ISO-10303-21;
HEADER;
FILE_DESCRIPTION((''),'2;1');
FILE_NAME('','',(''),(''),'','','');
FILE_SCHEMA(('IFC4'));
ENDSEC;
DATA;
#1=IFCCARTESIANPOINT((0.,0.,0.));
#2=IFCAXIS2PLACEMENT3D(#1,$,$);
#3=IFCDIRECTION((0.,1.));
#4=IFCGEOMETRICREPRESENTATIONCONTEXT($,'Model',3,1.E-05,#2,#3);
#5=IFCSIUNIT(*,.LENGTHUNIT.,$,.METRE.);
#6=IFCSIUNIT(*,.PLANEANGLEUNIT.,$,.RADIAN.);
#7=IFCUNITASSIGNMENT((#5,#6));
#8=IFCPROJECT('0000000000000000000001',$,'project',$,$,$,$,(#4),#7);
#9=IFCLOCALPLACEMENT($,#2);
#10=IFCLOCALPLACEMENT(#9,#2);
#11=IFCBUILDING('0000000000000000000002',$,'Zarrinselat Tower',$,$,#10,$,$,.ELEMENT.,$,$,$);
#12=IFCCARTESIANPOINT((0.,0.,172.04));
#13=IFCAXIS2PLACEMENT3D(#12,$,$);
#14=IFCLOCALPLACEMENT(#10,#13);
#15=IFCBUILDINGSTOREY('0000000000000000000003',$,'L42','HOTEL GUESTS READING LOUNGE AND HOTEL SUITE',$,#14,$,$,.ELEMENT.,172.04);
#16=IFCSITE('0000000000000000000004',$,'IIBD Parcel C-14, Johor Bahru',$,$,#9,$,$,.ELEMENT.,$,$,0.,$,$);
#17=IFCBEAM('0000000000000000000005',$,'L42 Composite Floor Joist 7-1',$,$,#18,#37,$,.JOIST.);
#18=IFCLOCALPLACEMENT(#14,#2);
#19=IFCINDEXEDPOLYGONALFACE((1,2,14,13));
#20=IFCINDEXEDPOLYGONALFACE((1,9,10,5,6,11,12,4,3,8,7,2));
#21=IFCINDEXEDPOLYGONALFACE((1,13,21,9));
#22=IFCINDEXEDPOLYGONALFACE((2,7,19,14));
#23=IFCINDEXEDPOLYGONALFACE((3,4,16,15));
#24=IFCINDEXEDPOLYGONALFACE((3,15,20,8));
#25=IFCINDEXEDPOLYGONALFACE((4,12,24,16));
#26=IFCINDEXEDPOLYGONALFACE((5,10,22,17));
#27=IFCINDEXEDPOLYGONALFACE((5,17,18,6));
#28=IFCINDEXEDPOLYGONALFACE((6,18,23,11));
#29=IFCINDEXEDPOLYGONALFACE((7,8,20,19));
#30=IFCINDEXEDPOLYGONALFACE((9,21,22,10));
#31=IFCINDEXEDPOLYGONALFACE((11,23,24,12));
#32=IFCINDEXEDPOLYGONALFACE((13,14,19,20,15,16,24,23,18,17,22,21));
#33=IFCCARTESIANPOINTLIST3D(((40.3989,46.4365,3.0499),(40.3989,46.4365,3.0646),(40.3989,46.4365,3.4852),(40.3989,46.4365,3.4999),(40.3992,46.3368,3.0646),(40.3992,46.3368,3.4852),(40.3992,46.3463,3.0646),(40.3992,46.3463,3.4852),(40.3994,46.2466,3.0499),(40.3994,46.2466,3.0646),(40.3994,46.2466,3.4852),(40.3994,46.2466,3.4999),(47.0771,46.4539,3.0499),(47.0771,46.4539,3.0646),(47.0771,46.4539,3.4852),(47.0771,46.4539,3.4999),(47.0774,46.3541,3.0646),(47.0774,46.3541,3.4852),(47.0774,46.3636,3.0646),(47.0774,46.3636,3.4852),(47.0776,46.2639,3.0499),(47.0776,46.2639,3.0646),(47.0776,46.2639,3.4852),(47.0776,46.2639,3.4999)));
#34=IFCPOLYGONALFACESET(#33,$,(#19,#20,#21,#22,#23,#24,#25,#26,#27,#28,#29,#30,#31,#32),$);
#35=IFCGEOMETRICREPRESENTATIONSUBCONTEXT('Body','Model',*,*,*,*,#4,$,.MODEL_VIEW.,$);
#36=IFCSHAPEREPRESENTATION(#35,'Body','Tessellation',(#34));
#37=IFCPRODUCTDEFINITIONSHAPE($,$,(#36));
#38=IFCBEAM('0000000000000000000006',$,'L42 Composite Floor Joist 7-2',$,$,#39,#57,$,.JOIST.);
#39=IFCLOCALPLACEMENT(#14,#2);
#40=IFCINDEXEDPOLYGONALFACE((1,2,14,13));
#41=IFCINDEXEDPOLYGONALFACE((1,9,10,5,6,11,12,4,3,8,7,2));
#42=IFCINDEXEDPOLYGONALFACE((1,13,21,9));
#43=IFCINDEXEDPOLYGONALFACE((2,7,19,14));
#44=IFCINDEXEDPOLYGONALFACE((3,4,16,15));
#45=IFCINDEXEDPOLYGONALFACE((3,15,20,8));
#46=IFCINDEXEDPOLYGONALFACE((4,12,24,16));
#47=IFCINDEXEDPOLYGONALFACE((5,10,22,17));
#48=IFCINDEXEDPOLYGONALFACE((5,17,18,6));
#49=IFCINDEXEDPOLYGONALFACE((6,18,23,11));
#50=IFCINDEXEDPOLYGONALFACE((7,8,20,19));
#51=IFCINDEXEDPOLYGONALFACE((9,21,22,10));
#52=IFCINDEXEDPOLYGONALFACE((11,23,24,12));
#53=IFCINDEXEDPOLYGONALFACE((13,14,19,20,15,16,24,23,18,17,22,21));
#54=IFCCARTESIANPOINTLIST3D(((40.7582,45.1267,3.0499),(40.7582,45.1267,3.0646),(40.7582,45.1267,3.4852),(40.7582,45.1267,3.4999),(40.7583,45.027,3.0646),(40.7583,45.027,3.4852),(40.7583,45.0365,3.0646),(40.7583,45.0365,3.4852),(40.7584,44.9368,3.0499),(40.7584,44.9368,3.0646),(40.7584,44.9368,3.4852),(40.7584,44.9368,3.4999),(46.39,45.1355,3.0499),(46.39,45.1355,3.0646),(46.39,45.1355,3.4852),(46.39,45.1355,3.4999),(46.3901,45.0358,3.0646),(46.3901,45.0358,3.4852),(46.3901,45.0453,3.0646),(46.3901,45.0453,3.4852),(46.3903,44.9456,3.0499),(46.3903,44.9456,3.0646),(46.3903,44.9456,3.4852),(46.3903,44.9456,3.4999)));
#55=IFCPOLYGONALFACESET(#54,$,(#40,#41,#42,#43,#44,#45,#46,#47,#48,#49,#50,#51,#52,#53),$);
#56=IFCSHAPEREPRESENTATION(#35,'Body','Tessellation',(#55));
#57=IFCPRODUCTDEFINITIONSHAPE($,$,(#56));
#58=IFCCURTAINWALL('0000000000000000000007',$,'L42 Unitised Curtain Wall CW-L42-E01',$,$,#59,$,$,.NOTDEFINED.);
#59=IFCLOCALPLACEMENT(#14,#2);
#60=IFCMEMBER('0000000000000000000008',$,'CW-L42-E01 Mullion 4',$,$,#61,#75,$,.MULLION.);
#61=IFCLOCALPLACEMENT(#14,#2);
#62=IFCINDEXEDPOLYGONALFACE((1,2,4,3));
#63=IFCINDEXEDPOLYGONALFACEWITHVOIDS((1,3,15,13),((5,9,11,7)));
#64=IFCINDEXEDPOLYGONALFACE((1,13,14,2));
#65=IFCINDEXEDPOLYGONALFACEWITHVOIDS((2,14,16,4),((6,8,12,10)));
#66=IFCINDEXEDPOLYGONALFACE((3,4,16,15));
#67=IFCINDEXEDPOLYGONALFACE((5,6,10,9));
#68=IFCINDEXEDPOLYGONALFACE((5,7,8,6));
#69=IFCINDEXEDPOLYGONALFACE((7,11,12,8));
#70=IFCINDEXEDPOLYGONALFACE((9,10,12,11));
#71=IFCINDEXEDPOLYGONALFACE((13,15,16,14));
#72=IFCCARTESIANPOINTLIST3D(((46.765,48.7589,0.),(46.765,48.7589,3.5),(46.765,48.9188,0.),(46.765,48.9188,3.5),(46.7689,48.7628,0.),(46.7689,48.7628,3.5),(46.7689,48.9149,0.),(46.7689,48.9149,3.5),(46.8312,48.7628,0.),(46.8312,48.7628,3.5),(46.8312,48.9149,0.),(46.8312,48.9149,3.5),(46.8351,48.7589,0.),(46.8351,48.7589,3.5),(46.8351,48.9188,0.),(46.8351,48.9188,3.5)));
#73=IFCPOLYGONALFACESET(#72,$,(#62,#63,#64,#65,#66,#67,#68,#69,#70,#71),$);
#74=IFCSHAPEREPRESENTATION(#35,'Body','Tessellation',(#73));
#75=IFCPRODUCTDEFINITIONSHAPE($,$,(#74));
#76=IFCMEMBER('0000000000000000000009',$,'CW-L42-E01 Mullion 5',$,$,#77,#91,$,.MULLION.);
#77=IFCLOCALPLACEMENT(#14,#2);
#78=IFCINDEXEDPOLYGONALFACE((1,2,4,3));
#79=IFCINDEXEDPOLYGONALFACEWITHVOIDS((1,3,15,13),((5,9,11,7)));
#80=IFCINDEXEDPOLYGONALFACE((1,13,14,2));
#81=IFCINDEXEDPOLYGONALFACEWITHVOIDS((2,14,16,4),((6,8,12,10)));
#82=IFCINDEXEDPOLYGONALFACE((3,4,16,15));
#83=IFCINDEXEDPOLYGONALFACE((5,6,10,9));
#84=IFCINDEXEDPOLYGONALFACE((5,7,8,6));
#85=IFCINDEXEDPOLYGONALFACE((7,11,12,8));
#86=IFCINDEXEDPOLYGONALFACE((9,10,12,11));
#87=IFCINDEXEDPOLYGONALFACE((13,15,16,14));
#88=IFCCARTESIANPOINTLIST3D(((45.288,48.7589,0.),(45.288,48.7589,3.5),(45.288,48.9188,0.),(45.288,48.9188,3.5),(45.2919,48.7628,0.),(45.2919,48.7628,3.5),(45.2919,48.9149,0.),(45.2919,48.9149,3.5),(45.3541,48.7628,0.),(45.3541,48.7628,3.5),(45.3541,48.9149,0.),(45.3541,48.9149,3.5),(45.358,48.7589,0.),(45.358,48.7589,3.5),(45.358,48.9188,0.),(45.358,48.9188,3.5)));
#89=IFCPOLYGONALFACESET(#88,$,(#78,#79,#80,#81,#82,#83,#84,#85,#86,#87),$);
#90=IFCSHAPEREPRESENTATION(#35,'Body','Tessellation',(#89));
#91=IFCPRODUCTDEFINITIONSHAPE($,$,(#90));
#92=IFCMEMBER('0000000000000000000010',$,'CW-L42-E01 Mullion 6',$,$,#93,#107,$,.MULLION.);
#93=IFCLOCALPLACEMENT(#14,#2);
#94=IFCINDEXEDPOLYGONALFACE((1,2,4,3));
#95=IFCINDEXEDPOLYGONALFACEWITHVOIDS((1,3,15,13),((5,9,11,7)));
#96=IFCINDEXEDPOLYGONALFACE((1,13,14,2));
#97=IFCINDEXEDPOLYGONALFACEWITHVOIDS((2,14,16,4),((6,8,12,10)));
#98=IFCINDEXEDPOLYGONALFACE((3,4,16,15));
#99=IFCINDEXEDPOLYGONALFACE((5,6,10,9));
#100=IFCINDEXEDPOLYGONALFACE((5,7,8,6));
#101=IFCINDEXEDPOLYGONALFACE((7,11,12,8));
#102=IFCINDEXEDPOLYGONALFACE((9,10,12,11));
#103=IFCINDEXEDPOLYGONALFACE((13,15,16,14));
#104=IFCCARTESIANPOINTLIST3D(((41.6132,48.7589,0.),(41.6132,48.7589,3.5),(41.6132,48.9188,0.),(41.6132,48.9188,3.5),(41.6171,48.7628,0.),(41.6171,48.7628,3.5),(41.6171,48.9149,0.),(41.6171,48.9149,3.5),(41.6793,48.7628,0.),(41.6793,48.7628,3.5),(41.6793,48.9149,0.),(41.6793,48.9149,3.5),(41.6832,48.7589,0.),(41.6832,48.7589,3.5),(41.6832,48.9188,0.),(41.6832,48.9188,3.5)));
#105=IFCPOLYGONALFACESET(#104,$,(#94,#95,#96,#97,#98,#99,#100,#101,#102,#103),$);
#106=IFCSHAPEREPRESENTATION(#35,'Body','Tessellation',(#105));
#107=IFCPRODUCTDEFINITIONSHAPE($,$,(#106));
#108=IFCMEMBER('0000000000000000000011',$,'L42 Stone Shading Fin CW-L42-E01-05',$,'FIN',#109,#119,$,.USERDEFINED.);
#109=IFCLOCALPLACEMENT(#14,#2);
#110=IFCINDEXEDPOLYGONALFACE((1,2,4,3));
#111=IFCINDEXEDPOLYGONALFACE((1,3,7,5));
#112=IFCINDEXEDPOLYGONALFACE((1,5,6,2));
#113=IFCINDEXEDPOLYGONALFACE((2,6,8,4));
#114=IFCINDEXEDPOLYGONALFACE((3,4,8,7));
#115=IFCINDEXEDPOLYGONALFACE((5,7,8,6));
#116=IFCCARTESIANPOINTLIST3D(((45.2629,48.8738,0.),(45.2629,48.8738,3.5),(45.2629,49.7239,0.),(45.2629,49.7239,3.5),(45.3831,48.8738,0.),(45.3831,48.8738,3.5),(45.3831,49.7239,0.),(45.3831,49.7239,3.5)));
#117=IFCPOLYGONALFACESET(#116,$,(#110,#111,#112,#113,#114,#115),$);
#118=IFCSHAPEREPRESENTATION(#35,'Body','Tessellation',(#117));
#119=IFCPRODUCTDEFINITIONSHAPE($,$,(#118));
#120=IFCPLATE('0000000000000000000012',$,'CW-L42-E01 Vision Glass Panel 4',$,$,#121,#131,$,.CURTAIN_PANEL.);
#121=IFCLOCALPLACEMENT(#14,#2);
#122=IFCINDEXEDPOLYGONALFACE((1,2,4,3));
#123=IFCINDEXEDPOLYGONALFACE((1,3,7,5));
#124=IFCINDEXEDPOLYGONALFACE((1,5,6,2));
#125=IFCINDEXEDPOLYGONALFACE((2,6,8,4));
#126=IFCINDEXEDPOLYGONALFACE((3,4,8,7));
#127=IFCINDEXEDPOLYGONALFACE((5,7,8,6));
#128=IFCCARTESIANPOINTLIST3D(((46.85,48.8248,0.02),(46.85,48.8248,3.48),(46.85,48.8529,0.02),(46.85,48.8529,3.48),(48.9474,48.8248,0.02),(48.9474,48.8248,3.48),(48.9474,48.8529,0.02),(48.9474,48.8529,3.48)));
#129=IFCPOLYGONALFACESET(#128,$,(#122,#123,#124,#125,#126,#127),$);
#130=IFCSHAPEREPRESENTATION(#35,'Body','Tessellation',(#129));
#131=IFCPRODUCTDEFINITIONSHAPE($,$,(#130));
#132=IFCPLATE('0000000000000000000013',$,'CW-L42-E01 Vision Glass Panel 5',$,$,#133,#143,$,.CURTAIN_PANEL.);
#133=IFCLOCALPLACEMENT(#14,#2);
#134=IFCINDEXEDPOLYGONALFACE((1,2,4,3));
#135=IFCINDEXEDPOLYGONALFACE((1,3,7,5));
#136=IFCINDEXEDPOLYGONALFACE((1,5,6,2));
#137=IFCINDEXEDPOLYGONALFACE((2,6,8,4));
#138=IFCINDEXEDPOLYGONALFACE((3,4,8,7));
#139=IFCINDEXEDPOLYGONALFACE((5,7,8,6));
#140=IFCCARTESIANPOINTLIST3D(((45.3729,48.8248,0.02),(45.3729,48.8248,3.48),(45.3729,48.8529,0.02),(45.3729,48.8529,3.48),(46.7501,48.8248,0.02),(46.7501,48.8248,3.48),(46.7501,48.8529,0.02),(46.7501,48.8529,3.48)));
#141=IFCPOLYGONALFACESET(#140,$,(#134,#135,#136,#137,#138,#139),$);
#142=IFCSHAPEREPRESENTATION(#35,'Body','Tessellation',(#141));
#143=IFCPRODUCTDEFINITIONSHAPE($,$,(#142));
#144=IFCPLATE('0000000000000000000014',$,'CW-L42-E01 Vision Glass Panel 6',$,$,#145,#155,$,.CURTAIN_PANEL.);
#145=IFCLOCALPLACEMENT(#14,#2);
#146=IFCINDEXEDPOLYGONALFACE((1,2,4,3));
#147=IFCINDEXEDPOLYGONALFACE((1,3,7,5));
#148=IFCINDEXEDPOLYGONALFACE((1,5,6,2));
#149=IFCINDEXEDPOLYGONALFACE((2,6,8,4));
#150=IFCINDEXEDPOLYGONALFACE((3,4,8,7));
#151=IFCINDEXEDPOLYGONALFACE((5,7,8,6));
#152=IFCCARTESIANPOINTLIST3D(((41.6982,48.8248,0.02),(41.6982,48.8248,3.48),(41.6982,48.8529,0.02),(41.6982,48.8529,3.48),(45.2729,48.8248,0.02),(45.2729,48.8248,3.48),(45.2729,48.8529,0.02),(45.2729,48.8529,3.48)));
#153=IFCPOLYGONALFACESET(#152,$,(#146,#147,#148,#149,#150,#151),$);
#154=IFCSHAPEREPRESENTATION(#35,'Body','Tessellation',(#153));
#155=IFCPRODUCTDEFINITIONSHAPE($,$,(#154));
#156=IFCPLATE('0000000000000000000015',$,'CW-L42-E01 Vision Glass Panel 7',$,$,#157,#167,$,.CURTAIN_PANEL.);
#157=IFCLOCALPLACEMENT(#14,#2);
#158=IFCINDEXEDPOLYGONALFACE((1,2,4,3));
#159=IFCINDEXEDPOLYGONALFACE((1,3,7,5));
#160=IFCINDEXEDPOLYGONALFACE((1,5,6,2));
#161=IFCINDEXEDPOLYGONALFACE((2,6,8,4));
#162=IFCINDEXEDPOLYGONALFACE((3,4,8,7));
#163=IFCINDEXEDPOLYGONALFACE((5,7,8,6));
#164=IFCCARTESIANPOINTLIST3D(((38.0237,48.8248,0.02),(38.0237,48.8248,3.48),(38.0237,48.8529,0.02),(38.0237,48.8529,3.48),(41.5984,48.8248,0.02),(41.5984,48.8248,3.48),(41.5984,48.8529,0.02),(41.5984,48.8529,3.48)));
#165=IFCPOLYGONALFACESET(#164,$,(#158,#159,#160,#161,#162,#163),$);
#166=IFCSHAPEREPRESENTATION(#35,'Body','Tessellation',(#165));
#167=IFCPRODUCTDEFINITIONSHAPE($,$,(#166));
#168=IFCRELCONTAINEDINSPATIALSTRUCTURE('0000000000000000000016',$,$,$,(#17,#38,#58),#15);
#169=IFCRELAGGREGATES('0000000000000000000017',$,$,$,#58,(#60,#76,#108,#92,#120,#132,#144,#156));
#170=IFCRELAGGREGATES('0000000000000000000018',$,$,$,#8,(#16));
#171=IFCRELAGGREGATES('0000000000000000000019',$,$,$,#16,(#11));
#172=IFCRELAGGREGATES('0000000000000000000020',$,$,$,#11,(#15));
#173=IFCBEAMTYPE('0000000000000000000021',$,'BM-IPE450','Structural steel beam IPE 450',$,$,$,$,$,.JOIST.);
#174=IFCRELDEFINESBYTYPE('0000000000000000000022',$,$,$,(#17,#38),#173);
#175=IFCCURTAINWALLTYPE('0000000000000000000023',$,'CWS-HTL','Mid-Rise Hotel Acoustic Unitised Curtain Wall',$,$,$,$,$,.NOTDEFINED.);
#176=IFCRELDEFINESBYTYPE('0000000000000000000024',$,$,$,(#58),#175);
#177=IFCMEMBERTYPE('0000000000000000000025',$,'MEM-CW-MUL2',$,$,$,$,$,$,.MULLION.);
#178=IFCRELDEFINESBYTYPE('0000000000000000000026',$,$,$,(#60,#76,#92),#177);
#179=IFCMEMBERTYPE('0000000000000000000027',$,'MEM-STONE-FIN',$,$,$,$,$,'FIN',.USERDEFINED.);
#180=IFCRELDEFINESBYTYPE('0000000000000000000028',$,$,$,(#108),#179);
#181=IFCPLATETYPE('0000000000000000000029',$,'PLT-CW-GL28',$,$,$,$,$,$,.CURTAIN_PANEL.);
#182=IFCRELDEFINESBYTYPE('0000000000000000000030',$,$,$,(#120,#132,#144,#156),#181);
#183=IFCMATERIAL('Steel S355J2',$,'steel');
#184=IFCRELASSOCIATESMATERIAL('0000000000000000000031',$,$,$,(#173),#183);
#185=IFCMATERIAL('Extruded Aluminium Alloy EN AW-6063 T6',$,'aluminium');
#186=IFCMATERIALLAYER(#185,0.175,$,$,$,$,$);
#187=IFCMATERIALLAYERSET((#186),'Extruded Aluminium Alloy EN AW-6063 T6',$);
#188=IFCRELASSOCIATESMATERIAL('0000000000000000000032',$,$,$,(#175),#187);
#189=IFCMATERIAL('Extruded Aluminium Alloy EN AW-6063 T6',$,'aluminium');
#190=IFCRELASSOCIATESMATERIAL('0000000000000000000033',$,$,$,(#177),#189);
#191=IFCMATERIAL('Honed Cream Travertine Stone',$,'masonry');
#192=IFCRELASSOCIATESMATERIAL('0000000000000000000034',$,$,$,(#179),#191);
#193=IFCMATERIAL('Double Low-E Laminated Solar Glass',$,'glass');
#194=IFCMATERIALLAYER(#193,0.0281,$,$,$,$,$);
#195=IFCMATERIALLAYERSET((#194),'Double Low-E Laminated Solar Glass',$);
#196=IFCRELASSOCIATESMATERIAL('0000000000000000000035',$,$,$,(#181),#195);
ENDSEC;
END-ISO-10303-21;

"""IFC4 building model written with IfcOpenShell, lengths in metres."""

from ifc_helpers import new_model, si_unit, direction, frame, origin, origin_2d, place, context, subcontext, project, spatial, rectangle, hollow_rectangle, i_section, extrude, material, layer, layer_set, material_profile, profile_set, type_object, element, aggregate, save


model = new_model("IFC4")

# Units and contexts
model_context = context("Model", 3, precision=1e-05, world=origin(), true_north=direction((0.0, 1.0)))
body_context = subcontext(model_context, "Body", "Model", "MODEL_VIEW")
ifc_project = project(units=[si_unit("LENGTHUNIT", "METRE"), si_unit("PLANEANGLEUNIT", "RADIAN")], contexts=[model_context])

# Site, building, storey
site_placement = place(None, origin())
site = spatial("IfcSite", under=ifc_project, at=site_placement, Name="IIBD Parcel C-14, Johor Bahru", CompositionType="ELEMENT", RefElevation=0.0)
building_placement = place(site_placement, origin())
building = spatial("IfcBuilding", under=site, at=building_placement, Name="Zarrinselat Tower", CompositionType="ELEMENT")
storey_placement = place(building_placement, frame((0.0, 0.0, 172.04)))
storey = spatial("IfcBuildingStorey", under=building, at=storey_placement, Name="L42", Description="HOTEL GUESTS READING LOUNGE AND HOTEL SUITE", CompositionType="ELEMENT", Elevation=172.04)

# Beams
ifc_material_1 = material(Name="Steel S355J2", Category="steel")
ifc_material_profile_1 = material_profile(ifc_material_1, i_section(OverallWidth=0.1899, OverallDepth=0.45, WebThickness=0.0095, FlangeThickness=0.0146, at=origin_2d()), Name="IPE 450")
ifc_profile_set_1 = profile_set([ifc_material_profile_1], Name="Steel S355J2")
beam_type_1 = type_object("IfcBeamType", Name="BM-IPE450", Description="Structural steel beam IPE 450", PredefinedType="JOIST", material=ifc_profile_set_1)
beam_1_placement = place(storey_placement, frame((40.3992, 46.3416, 3.2749), z_axis=(0.999997, 0.002596, 0.0), x_axis=(-0.002596, 0.999997, 0.0)))
element("IfcBeam", 1, at=beam_1_placement, inside=storey, type_object=beam_type_1, Name="L42 Composite Floor Joist 7-1", PredefinedType="JOIST", context=body_context, shape_type="SweptSolid", body=[
    extrude(i_section(OverallWidth=0.1899, OverallDepth=0.45, WebThickness=0.0095, FlangeThickness=0.0146, at=origin_2d()), origin(), (0.0, 0.0, 1.0), 6.6782),
])
beam_2_placement = place(storey_placement, frame((40.7583, 45.0317, 3.2749), z_axis=(0.999999, 0.001561, 0.0), x_axis=(-0.001561, 0.999999, 0.0)))
element("IfcBeam", 2, at=beam_2_placement, inside=storey, type_object=beam_type_1, Name="L42 Composite Floor Joist 7-2", PredefinedType="JOIST", context=body_context, shape_type="SweptSolid", body=[
    extrude(i_section(OverallWidth=0.1899, OverallDepth=0.45, WebThickness=0.0095, FlangeThickness=0.0146, at=origin_2d()), origin(), (0.0, 0.0, 1.0), 5.6318),
])

# Curtain wall, members, plates
ifc_material_2 = material(Name="Extruded Aluminium Alloy EN AW-6063 T6", Category="aluminium")
ifc_layer_1 = layer(ifc_material_2, 0.175)
ifc_layer_set_1 = layer_set([ifc_layer_1], Name="Extruded Aluminium Alloy EN AW-6063 T6")
curtain_wall_type = type_object("IfcCurtainWallType", Name="CWS-HTL", Description="Mid-Rise Hotel Acoustic Unitised Curtain Wall", PredefinedType="NOTDEFINED", material=ifc_layer_set_1)
curtain_wall_placement = place(storey_placement, origin())
curtain_wall = element("IfcCurtainWall", 3, at=curtain_wall_placement, inside=storey, type_object=curtain_wall_type, Name="L42 Unitised Curtain Wall CW-L42-E01", PredefinedType="NOTDEFINED")
ifc_material_3 = material(Name="Extruded Aluminium Alloy EN AW-6063 T6", Category="aluminium")
ifc_material_profile_2 = material_profile(ifc_material_3, hollow_rectangle(XDim=0.0701, YDim=0.1599, WallThickness=0.0039, at=origin_2d()), Name="RHS 160x70x4")
ifc_profile_set_2 = profile_set([ifc_material_profile_2], Name="Extruded Aluminium Alloy EN AW-6063 T6")
member_type_1 = type_object("IfcMemberType", Name="MEM-CW-MUL2", PredefinedType="MULLION", material=ifc_profile_set_2)
member_1_placement = place(storey_placement, frame((46.8, 48.8389, 0.0), z_axis=(0.0, 0.0, 1.0), x_axis=(-1.0, 0.0, 0.0)))
member_1 = element("IfcMember", 4, at=member_1_placement, type_object=member_type_1, Name="CW-L42-E01 Mullion 4", PredefinedType="MULLION", context=body_context, shape_type="SweptSolid", body=[
    extrude(hollow_rectangle(XDim=0.0701, YDim=0.1599, WallThickness=0.0039, at=origin_2d()), origin(), (0.0, 0.0, 1.0), 3.5),
])
member_2_placement = place(storey_placement, frame((45.323, 48.8389, 0.0), z_axis=(0.0, 0.0, 1.0), x_axis=(-1.0, 0.0, 0.0)))
member_2 = element("IfcMember", 5, at=member_2_placement, type_object=member_type_1, Name="CW-L42-E01 Mullion 5", PredefinedType="MULLION", context=body_context, shape_type="SweptSolid", body=[
    extrude(hollow_rectangle(XDim=0.0701, YDim=0.1599, WallThickness=0.0039, at=origin_2d()), origin(), (0.0, 0.0, 1.0), 3.5),
])
member_3_placement = place(storey_placement, frame((41.6482, 48.8389, 0.0), z_axis=(0.0, 0.0, 1.0), x_axis=(-1.0, 0.0, 0.0)))
member_3 = element("IfcMember", 6, at=member_3_placement, type_object=member_type_1, Name="CW-L42-E01 Mullion 6", PredefinedType="MULLION", context=body_context, shape_type="SweptSolid", body=[
    extrude(hollow_rectangle(XDim=0.0701, YDim=0.1599, WallThickness=0.0039, at=origin_2d()), origin(), (0.0, 0.0, 1.0), 3.5),
])
ifc_material_4 = material(Name="Honed Cream Travertine Stone", Category="masonry")
ifc_material_profile_3 = material_profile(ifc_material_4, rectangle(XDim=0.1201, YDim=0.8501, at=origin_2d()), Name="FIN 850x120")
ifc_profile_set_3 = profile_set([ifc_material_profile_3], Name="Honed Cream Travertine Stone")
member_type_2 = type_object("IfcMemberType", Name="MEM-STONE-FIN", ElementType="FIN", PredefinedType="USERDEFINED", material=ifc_profile_set_3)
member_4_placement = place(storey_placement, frame((45.323, 49.2988, 0.0), z_axis=(0.0, 0.0, 1.0), x_axis=(1.0, 0.0, 0.0)))
member_4 = element("IfcMember", 7, at=member_4_placement, type_object=member_type_2, Name="L42 Stone Shading Fin CW-L42-E01-05", ObjectType="FIN", PredefinedType="USERDEFINED", context=body_context, shape_type="SweptSolid", body=[
    extrude(rectangle(XDim=0.1201, YDim=0.8501, at=origin_2d()), origin(), (0.0, 0.0, 1.0), 3.5),
])
ifc_material_5 = material(Name="Double Low-E Laminated Solar Glass", Category="glass")
ifc_layer_2 = layer(ifc_material_5, 0.0281)
ifc_layer_set_2 = layer_set([ifc_layer_2], Name="Double Low-E Laminated Solar Glass")
plate_type = type_object("IfcPlateType", Name="PLT-CW-GL28", PredefinedType="CURTAIN_PANEL", material=ifc_layer_set_2)
plate_1_placement = place(storey_placement, frame((47.8987, 48.8389, 0.02), z_axis=(0.0, 0.0, 1.0), x_axis=(-1.0, 0.0, 0.0)))
plate_1 = element("IfcPlate", 8, at=plate_1_placement, type_object=plate_type, Name="CW-L42-E01 Vision Glass Panel 4", PredefinedType="CURTAIN_PANEL", context=body_context, shape_type="SweptSolid", body=[
    extrude(rectangle(XDim=2.0974, YDim=0.0281, at=origin_2d()), origin(), (0.0, 0.0, 1.0), 3.46),
])
plate_2_placement = place(storey_placement, frame((46.0615, 48.8389, 0.02), z_axis=(0.0, 0.0, 1.0), x_axis=(-1.0, 0.0, 0.0)))
plate_2 = element("IfcPlate", 9, at=plate_2_placement, type_object=plate_type, Name="CW-L42-E01 Vision Glass Panel 5", PredefinedType="CURTAIN_PANEL", context=body_context, shape_type="SweptSolid", body=[
    extrude(rectangle(XDim=1.3772, YDim=0.0281, at=origin_2d()), origin(), (0.0, 0.0, 1.0), 3.46),
])
plate_3_placement = place(storey_placement, frame((43.4856, 48.8389, 0.02), z_axis=(0.0, 0.0, 1.0), x_axis=(-1.0, 0.0, 0.0)))
plate_3 = element("IfcPlate", 10, at=plate_3_placement, type_object=plate_type, Name="CW-L42-E01 Vision Glass Panel 6", PredefinedType="CURTAIN_PANEL", context=body_context, shape_type="SweptSolid", body=[
    extrude(rectangle(XDim=3.5747, YDim=0.0281, at=origin_2d()), origin(), (0.0, 0.0, 1.0), 3.46),
])
plate_4_placement = place(storey_placement, frame((39.811, 48.8389, 0.02), z_axis=(0.0, 0.0, 1.0), x_axis=(-1.0, 0.0, 0.0)))
plate_4 = element("IfcPlate", 11, at=plate_4_placement, type_object=plate_type, Name="CW-L42-E01 Vision Glass Panel 7", PredefinedType="CURTAIN_PANEL", context=body_context, shape_type="SweptSolid", body=[
    extrude(rectangle(XDim=3.5747, YDim=0.0281, at=origin_2d()), origin(), (0.0, 0.0, 1.0), 3.46),
])
aggregate(curtain_wall, [member_1, member_2, member_4, member_3, plate_1, plate_2, plate_3, plate_4])

save(model, "model.ifc")
